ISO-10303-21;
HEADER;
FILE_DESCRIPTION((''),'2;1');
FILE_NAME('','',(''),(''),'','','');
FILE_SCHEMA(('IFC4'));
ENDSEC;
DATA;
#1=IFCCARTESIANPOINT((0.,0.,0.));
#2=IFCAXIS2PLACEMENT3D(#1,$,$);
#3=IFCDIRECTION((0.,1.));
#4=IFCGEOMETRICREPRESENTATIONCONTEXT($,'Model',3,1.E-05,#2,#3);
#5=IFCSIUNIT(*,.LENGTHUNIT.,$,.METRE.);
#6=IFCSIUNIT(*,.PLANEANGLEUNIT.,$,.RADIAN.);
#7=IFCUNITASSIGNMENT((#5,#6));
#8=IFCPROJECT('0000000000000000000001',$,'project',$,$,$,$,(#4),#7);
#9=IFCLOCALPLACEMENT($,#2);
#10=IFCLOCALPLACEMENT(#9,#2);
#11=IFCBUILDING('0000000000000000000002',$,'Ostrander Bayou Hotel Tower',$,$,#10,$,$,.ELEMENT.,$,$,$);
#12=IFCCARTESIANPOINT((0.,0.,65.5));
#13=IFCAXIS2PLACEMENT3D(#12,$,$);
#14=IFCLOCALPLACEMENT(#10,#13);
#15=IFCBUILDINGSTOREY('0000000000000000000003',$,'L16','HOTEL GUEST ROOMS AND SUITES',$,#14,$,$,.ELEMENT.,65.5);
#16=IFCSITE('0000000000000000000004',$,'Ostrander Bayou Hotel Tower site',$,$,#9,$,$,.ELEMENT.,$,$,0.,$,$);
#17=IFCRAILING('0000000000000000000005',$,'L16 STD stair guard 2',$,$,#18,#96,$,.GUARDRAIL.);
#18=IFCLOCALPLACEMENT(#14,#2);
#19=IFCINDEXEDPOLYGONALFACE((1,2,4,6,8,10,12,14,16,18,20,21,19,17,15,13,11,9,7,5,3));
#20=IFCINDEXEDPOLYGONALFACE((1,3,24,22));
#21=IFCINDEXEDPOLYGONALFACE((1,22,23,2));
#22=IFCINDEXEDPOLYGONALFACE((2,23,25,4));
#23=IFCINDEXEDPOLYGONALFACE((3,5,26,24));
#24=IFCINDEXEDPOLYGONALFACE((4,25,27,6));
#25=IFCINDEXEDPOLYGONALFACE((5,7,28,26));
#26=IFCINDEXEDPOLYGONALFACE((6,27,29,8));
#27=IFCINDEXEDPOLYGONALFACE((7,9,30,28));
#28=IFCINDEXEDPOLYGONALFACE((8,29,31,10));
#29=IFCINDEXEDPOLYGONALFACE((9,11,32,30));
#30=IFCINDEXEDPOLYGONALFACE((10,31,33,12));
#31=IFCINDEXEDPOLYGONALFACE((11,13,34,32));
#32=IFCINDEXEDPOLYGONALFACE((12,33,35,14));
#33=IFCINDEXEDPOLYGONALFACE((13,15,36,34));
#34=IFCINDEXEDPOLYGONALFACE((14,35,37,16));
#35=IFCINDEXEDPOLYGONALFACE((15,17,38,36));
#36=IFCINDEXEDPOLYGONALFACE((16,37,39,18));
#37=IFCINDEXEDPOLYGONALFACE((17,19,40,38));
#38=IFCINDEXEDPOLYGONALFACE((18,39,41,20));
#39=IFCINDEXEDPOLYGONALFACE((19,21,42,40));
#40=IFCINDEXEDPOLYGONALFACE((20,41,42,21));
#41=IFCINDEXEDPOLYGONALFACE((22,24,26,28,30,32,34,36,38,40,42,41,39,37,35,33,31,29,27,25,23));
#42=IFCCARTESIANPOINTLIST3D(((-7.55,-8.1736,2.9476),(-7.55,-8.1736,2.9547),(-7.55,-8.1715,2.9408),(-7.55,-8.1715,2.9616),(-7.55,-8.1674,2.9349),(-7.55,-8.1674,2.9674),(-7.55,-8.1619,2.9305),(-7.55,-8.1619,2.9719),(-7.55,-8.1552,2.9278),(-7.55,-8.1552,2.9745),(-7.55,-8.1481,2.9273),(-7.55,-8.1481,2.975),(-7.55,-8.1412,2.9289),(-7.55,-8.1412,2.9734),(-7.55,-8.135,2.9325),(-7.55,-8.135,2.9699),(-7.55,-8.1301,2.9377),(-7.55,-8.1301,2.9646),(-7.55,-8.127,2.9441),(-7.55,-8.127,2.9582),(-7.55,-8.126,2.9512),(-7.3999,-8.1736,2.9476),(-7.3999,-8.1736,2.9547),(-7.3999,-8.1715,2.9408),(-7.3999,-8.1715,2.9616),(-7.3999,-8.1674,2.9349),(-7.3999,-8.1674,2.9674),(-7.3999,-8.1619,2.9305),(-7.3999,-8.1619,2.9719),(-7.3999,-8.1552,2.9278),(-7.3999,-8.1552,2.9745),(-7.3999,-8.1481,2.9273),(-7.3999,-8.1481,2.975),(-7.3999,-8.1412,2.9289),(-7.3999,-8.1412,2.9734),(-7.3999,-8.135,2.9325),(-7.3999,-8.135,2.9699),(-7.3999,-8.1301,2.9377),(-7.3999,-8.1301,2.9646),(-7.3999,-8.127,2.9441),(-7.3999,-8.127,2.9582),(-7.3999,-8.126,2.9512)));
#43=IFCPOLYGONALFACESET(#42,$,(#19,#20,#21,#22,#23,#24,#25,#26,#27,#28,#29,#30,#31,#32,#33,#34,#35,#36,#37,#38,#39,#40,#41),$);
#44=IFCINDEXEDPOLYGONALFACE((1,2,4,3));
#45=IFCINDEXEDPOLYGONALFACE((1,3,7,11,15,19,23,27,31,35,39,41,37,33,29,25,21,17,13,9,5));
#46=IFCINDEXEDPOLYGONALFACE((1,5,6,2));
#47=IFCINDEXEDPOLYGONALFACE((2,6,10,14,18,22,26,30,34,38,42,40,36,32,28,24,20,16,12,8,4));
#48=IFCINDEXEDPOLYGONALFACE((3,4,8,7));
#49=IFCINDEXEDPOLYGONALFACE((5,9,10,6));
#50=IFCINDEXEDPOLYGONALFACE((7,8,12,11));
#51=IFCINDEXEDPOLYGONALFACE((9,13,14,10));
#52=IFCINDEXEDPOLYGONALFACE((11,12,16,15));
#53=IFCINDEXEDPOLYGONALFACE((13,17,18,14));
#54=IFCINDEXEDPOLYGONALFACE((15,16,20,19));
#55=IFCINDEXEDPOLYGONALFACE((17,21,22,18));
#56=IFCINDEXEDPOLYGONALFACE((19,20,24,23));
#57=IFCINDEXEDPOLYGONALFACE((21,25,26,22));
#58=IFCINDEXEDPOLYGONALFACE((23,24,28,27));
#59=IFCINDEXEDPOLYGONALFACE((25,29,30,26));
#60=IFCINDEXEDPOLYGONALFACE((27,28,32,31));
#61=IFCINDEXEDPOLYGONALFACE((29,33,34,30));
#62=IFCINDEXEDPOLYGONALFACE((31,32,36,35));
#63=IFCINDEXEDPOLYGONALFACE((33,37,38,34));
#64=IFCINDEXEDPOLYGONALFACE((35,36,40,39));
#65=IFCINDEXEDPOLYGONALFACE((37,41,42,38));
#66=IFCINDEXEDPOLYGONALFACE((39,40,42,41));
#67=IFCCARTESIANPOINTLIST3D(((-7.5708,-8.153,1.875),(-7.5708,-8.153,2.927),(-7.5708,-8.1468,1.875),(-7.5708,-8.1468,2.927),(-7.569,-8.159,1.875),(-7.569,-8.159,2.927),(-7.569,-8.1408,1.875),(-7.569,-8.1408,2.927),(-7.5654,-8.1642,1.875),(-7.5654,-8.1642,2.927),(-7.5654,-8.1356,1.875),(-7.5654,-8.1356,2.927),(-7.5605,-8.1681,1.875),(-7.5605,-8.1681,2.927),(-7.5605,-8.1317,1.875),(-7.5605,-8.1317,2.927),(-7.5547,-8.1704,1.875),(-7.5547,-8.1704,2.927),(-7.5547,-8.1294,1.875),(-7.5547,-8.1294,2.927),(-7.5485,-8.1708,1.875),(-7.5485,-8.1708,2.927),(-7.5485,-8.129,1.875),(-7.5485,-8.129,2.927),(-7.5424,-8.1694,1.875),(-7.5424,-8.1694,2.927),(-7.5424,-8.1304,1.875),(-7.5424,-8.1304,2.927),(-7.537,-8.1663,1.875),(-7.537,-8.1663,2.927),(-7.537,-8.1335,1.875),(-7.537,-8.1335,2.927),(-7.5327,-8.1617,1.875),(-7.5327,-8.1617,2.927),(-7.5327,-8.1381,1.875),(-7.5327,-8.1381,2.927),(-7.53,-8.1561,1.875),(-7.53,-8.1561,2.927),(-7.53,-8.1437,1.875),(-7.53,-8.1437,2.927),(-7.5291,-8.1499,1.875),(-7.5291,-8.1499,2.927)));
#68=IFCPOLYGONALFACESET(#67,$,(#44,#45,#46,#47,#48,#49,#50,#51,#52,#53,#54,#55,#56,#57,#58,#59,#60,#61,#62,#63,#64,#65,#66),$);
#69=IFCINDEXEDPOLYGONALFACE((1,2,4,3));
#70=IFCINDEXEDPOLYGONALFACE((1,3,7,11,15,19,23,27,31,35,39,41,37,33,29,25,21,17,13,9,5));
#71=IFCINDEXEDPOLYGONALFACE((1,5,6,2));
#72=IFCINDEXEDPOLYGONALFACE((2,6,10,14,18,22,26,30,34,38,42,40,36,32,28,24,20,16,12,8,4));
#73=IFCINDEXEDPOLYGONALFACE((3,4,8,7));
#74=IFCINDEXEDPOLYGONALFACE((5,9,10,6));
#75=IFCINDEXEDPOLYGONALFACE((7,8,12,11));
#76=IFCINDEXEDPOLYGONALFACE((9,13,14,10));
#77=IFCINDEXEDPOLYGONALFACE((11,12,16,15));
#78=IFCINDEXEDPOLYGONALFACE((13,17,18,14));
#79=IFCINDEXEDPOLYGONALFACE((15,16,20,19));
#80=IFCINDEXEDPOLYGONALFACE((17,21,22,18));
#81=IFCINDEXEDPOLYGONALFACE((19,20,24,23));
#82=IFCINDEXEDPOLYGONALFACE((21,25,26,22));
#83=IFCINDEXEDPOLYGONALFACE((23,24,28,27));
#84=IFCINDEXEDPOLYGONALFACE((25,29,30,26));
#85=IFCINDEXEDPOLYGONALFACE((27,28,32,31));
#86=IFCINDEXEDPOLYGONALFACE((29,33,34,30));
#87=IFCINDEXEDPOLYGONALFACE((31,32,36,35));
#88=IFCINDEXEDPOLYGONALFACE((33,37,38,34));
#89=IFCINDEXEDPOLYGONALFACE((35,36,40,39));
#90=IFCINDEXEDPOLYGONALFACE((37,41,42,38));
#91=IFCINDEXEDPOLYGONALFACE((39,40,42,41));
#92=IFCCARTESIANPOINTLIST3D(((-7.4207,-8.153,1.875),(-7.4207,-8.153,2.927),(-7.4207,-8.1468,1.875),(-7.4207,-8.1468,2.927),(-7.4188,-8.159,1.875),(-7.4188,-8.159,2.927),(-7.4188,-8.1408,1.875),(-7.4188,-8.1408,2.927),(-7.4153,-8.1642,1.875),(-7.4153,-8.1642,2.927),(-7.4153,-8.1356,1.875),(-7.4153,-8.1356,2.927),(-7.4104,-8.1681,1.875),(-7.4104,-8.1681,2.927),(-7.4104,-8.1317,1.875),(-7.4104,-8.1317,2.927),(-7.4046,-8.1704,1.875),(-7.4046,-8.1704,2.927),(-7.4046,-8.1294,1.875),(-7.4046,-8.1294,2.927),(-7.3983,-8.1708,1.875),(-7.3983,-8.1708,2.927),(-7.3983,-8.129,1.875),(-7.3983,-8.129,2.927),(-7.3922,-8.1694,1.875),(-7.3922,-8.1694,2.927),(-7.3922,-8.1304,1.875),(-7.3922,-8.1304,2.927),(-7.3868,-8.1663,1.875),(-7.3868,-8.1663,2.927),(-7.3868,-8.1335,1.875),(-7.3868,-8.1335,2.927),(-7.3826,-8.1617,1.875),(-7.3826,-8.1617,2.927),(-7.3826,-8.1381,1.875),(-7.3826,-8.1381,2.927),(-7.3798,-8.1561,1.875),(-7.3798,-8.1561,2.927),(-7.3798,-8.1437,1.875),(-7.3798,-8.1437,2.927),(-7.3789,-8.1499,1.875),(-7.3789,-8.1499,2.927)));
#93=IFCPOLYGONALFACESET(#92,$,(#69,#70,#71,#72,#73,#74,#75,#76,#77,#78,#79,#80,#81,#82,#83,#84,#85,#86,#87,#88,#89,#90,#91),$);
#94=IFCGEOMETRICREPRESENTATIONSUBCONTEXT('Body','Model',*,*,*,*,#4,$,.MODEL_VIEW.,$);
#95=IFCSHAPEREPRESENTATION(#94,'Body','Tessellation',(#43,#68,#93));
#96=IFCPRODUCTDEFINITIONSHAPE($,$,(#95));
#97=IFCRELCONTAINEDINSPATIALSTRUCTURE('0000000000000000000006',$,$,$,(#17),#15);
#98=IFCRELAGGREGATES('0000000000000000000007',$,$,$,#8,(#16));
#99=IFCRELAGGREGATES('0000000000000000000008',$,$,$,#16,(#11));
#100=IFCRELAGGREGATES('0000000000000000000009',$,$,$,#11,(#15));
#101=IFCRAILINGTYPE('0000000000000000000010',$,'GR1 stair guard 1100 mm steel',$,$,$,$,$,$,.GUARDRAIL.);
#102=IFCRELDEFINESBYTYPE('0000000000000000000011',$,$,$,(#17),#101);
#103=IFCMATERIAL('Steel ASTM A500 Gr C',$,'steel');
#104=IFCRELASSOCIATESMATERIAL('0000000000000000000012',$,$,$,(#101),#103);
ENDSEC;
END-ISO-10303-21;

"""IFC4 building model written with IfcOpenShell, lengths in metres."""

from ifc_helpers import new_model, si_unit, direction, frame, origin, origin_2d, place, context, subcontext, project, spatial, circle, extrude, material, type_object, element, save


model = new_model("IFC4")

# Units and contexts
model_context = context("Model", 3, precision=1e-05, world=origin(), true_north=direction((0.0, 1.0)))
body_context = subcontext(model_context, "Body", "Model", "MODEL_VIEW")
ifc_project = project(units=[si_unit("LENGTHUNIT", "METRE"), si_unit("PLANEANGLEUNIT", "RADIAN")], contexts=[model_context])

# Site, building, storey
site_placement = place(None, origin())
site = spatial("IfcSite", under=ifc_project, at=site_placement, Name="Ostrander Bayou Hotel Tower site", CompositionType="ELEMENT", RefElevation=0.0)
building_placement = place(site_placement, origin())
building = spatial("IfcBuilding", under=site, at=building_placement, Name="Ostrander Bayou Hotel Tower", CompositionType="ELEMENT")
storey_placement = place(building_placement, frame((0.0, 0.0, 65.5)))
storey = spatial("IfcBuildingStorey", under=building, at=storey_placement, Name="L16", Description="HOTEL GUEST ROOMS AND SUITES", CompositionType="ELEMENT", Elevation=65.5)

# Railing
ifc_material_1 = material(Name="Steel ASTM A500 Gr C", Category="steel")
railing_type_1 = type_object("IfcRailingType", Name="GR1 stair guard 1100 mm steel", PredefinedType="GUARDRAIL", material=ifc_material_1)
railing_1_placement = place(storey_placement, frame((-7.55, -8.1499, 1.875)))
element("IfcRailing", 1, at=railing_1_placement, inside=storey, type_object=railing_type_1, Name="L16 STD stair guard 2", PredefinedType="GUARDRAIL", context=body_context, shape_type="SweptSolid", body=[
    extrude(circle(Radius=0.0239, at=origin_2d()), frame((0.0, 0.0, 1.0762), z_axis=(1.0, 0.0, 0.0), x_axis=(0.0, 1.0, 0.0)), (0.0, 0.0, 1.0), 0.1501),
    extrude(circle(Radius=0.021, at=origin_2d()), origin(), (0.0, 0.0, 1.0), 1.052),
    extrude(circle(Radius=0.021, at=origin_2d()), frame((0.1501, 0.0, 0.0)), (0.0, 0.0, 1.0), 1.052),
])

save(model, "model.ifc")
